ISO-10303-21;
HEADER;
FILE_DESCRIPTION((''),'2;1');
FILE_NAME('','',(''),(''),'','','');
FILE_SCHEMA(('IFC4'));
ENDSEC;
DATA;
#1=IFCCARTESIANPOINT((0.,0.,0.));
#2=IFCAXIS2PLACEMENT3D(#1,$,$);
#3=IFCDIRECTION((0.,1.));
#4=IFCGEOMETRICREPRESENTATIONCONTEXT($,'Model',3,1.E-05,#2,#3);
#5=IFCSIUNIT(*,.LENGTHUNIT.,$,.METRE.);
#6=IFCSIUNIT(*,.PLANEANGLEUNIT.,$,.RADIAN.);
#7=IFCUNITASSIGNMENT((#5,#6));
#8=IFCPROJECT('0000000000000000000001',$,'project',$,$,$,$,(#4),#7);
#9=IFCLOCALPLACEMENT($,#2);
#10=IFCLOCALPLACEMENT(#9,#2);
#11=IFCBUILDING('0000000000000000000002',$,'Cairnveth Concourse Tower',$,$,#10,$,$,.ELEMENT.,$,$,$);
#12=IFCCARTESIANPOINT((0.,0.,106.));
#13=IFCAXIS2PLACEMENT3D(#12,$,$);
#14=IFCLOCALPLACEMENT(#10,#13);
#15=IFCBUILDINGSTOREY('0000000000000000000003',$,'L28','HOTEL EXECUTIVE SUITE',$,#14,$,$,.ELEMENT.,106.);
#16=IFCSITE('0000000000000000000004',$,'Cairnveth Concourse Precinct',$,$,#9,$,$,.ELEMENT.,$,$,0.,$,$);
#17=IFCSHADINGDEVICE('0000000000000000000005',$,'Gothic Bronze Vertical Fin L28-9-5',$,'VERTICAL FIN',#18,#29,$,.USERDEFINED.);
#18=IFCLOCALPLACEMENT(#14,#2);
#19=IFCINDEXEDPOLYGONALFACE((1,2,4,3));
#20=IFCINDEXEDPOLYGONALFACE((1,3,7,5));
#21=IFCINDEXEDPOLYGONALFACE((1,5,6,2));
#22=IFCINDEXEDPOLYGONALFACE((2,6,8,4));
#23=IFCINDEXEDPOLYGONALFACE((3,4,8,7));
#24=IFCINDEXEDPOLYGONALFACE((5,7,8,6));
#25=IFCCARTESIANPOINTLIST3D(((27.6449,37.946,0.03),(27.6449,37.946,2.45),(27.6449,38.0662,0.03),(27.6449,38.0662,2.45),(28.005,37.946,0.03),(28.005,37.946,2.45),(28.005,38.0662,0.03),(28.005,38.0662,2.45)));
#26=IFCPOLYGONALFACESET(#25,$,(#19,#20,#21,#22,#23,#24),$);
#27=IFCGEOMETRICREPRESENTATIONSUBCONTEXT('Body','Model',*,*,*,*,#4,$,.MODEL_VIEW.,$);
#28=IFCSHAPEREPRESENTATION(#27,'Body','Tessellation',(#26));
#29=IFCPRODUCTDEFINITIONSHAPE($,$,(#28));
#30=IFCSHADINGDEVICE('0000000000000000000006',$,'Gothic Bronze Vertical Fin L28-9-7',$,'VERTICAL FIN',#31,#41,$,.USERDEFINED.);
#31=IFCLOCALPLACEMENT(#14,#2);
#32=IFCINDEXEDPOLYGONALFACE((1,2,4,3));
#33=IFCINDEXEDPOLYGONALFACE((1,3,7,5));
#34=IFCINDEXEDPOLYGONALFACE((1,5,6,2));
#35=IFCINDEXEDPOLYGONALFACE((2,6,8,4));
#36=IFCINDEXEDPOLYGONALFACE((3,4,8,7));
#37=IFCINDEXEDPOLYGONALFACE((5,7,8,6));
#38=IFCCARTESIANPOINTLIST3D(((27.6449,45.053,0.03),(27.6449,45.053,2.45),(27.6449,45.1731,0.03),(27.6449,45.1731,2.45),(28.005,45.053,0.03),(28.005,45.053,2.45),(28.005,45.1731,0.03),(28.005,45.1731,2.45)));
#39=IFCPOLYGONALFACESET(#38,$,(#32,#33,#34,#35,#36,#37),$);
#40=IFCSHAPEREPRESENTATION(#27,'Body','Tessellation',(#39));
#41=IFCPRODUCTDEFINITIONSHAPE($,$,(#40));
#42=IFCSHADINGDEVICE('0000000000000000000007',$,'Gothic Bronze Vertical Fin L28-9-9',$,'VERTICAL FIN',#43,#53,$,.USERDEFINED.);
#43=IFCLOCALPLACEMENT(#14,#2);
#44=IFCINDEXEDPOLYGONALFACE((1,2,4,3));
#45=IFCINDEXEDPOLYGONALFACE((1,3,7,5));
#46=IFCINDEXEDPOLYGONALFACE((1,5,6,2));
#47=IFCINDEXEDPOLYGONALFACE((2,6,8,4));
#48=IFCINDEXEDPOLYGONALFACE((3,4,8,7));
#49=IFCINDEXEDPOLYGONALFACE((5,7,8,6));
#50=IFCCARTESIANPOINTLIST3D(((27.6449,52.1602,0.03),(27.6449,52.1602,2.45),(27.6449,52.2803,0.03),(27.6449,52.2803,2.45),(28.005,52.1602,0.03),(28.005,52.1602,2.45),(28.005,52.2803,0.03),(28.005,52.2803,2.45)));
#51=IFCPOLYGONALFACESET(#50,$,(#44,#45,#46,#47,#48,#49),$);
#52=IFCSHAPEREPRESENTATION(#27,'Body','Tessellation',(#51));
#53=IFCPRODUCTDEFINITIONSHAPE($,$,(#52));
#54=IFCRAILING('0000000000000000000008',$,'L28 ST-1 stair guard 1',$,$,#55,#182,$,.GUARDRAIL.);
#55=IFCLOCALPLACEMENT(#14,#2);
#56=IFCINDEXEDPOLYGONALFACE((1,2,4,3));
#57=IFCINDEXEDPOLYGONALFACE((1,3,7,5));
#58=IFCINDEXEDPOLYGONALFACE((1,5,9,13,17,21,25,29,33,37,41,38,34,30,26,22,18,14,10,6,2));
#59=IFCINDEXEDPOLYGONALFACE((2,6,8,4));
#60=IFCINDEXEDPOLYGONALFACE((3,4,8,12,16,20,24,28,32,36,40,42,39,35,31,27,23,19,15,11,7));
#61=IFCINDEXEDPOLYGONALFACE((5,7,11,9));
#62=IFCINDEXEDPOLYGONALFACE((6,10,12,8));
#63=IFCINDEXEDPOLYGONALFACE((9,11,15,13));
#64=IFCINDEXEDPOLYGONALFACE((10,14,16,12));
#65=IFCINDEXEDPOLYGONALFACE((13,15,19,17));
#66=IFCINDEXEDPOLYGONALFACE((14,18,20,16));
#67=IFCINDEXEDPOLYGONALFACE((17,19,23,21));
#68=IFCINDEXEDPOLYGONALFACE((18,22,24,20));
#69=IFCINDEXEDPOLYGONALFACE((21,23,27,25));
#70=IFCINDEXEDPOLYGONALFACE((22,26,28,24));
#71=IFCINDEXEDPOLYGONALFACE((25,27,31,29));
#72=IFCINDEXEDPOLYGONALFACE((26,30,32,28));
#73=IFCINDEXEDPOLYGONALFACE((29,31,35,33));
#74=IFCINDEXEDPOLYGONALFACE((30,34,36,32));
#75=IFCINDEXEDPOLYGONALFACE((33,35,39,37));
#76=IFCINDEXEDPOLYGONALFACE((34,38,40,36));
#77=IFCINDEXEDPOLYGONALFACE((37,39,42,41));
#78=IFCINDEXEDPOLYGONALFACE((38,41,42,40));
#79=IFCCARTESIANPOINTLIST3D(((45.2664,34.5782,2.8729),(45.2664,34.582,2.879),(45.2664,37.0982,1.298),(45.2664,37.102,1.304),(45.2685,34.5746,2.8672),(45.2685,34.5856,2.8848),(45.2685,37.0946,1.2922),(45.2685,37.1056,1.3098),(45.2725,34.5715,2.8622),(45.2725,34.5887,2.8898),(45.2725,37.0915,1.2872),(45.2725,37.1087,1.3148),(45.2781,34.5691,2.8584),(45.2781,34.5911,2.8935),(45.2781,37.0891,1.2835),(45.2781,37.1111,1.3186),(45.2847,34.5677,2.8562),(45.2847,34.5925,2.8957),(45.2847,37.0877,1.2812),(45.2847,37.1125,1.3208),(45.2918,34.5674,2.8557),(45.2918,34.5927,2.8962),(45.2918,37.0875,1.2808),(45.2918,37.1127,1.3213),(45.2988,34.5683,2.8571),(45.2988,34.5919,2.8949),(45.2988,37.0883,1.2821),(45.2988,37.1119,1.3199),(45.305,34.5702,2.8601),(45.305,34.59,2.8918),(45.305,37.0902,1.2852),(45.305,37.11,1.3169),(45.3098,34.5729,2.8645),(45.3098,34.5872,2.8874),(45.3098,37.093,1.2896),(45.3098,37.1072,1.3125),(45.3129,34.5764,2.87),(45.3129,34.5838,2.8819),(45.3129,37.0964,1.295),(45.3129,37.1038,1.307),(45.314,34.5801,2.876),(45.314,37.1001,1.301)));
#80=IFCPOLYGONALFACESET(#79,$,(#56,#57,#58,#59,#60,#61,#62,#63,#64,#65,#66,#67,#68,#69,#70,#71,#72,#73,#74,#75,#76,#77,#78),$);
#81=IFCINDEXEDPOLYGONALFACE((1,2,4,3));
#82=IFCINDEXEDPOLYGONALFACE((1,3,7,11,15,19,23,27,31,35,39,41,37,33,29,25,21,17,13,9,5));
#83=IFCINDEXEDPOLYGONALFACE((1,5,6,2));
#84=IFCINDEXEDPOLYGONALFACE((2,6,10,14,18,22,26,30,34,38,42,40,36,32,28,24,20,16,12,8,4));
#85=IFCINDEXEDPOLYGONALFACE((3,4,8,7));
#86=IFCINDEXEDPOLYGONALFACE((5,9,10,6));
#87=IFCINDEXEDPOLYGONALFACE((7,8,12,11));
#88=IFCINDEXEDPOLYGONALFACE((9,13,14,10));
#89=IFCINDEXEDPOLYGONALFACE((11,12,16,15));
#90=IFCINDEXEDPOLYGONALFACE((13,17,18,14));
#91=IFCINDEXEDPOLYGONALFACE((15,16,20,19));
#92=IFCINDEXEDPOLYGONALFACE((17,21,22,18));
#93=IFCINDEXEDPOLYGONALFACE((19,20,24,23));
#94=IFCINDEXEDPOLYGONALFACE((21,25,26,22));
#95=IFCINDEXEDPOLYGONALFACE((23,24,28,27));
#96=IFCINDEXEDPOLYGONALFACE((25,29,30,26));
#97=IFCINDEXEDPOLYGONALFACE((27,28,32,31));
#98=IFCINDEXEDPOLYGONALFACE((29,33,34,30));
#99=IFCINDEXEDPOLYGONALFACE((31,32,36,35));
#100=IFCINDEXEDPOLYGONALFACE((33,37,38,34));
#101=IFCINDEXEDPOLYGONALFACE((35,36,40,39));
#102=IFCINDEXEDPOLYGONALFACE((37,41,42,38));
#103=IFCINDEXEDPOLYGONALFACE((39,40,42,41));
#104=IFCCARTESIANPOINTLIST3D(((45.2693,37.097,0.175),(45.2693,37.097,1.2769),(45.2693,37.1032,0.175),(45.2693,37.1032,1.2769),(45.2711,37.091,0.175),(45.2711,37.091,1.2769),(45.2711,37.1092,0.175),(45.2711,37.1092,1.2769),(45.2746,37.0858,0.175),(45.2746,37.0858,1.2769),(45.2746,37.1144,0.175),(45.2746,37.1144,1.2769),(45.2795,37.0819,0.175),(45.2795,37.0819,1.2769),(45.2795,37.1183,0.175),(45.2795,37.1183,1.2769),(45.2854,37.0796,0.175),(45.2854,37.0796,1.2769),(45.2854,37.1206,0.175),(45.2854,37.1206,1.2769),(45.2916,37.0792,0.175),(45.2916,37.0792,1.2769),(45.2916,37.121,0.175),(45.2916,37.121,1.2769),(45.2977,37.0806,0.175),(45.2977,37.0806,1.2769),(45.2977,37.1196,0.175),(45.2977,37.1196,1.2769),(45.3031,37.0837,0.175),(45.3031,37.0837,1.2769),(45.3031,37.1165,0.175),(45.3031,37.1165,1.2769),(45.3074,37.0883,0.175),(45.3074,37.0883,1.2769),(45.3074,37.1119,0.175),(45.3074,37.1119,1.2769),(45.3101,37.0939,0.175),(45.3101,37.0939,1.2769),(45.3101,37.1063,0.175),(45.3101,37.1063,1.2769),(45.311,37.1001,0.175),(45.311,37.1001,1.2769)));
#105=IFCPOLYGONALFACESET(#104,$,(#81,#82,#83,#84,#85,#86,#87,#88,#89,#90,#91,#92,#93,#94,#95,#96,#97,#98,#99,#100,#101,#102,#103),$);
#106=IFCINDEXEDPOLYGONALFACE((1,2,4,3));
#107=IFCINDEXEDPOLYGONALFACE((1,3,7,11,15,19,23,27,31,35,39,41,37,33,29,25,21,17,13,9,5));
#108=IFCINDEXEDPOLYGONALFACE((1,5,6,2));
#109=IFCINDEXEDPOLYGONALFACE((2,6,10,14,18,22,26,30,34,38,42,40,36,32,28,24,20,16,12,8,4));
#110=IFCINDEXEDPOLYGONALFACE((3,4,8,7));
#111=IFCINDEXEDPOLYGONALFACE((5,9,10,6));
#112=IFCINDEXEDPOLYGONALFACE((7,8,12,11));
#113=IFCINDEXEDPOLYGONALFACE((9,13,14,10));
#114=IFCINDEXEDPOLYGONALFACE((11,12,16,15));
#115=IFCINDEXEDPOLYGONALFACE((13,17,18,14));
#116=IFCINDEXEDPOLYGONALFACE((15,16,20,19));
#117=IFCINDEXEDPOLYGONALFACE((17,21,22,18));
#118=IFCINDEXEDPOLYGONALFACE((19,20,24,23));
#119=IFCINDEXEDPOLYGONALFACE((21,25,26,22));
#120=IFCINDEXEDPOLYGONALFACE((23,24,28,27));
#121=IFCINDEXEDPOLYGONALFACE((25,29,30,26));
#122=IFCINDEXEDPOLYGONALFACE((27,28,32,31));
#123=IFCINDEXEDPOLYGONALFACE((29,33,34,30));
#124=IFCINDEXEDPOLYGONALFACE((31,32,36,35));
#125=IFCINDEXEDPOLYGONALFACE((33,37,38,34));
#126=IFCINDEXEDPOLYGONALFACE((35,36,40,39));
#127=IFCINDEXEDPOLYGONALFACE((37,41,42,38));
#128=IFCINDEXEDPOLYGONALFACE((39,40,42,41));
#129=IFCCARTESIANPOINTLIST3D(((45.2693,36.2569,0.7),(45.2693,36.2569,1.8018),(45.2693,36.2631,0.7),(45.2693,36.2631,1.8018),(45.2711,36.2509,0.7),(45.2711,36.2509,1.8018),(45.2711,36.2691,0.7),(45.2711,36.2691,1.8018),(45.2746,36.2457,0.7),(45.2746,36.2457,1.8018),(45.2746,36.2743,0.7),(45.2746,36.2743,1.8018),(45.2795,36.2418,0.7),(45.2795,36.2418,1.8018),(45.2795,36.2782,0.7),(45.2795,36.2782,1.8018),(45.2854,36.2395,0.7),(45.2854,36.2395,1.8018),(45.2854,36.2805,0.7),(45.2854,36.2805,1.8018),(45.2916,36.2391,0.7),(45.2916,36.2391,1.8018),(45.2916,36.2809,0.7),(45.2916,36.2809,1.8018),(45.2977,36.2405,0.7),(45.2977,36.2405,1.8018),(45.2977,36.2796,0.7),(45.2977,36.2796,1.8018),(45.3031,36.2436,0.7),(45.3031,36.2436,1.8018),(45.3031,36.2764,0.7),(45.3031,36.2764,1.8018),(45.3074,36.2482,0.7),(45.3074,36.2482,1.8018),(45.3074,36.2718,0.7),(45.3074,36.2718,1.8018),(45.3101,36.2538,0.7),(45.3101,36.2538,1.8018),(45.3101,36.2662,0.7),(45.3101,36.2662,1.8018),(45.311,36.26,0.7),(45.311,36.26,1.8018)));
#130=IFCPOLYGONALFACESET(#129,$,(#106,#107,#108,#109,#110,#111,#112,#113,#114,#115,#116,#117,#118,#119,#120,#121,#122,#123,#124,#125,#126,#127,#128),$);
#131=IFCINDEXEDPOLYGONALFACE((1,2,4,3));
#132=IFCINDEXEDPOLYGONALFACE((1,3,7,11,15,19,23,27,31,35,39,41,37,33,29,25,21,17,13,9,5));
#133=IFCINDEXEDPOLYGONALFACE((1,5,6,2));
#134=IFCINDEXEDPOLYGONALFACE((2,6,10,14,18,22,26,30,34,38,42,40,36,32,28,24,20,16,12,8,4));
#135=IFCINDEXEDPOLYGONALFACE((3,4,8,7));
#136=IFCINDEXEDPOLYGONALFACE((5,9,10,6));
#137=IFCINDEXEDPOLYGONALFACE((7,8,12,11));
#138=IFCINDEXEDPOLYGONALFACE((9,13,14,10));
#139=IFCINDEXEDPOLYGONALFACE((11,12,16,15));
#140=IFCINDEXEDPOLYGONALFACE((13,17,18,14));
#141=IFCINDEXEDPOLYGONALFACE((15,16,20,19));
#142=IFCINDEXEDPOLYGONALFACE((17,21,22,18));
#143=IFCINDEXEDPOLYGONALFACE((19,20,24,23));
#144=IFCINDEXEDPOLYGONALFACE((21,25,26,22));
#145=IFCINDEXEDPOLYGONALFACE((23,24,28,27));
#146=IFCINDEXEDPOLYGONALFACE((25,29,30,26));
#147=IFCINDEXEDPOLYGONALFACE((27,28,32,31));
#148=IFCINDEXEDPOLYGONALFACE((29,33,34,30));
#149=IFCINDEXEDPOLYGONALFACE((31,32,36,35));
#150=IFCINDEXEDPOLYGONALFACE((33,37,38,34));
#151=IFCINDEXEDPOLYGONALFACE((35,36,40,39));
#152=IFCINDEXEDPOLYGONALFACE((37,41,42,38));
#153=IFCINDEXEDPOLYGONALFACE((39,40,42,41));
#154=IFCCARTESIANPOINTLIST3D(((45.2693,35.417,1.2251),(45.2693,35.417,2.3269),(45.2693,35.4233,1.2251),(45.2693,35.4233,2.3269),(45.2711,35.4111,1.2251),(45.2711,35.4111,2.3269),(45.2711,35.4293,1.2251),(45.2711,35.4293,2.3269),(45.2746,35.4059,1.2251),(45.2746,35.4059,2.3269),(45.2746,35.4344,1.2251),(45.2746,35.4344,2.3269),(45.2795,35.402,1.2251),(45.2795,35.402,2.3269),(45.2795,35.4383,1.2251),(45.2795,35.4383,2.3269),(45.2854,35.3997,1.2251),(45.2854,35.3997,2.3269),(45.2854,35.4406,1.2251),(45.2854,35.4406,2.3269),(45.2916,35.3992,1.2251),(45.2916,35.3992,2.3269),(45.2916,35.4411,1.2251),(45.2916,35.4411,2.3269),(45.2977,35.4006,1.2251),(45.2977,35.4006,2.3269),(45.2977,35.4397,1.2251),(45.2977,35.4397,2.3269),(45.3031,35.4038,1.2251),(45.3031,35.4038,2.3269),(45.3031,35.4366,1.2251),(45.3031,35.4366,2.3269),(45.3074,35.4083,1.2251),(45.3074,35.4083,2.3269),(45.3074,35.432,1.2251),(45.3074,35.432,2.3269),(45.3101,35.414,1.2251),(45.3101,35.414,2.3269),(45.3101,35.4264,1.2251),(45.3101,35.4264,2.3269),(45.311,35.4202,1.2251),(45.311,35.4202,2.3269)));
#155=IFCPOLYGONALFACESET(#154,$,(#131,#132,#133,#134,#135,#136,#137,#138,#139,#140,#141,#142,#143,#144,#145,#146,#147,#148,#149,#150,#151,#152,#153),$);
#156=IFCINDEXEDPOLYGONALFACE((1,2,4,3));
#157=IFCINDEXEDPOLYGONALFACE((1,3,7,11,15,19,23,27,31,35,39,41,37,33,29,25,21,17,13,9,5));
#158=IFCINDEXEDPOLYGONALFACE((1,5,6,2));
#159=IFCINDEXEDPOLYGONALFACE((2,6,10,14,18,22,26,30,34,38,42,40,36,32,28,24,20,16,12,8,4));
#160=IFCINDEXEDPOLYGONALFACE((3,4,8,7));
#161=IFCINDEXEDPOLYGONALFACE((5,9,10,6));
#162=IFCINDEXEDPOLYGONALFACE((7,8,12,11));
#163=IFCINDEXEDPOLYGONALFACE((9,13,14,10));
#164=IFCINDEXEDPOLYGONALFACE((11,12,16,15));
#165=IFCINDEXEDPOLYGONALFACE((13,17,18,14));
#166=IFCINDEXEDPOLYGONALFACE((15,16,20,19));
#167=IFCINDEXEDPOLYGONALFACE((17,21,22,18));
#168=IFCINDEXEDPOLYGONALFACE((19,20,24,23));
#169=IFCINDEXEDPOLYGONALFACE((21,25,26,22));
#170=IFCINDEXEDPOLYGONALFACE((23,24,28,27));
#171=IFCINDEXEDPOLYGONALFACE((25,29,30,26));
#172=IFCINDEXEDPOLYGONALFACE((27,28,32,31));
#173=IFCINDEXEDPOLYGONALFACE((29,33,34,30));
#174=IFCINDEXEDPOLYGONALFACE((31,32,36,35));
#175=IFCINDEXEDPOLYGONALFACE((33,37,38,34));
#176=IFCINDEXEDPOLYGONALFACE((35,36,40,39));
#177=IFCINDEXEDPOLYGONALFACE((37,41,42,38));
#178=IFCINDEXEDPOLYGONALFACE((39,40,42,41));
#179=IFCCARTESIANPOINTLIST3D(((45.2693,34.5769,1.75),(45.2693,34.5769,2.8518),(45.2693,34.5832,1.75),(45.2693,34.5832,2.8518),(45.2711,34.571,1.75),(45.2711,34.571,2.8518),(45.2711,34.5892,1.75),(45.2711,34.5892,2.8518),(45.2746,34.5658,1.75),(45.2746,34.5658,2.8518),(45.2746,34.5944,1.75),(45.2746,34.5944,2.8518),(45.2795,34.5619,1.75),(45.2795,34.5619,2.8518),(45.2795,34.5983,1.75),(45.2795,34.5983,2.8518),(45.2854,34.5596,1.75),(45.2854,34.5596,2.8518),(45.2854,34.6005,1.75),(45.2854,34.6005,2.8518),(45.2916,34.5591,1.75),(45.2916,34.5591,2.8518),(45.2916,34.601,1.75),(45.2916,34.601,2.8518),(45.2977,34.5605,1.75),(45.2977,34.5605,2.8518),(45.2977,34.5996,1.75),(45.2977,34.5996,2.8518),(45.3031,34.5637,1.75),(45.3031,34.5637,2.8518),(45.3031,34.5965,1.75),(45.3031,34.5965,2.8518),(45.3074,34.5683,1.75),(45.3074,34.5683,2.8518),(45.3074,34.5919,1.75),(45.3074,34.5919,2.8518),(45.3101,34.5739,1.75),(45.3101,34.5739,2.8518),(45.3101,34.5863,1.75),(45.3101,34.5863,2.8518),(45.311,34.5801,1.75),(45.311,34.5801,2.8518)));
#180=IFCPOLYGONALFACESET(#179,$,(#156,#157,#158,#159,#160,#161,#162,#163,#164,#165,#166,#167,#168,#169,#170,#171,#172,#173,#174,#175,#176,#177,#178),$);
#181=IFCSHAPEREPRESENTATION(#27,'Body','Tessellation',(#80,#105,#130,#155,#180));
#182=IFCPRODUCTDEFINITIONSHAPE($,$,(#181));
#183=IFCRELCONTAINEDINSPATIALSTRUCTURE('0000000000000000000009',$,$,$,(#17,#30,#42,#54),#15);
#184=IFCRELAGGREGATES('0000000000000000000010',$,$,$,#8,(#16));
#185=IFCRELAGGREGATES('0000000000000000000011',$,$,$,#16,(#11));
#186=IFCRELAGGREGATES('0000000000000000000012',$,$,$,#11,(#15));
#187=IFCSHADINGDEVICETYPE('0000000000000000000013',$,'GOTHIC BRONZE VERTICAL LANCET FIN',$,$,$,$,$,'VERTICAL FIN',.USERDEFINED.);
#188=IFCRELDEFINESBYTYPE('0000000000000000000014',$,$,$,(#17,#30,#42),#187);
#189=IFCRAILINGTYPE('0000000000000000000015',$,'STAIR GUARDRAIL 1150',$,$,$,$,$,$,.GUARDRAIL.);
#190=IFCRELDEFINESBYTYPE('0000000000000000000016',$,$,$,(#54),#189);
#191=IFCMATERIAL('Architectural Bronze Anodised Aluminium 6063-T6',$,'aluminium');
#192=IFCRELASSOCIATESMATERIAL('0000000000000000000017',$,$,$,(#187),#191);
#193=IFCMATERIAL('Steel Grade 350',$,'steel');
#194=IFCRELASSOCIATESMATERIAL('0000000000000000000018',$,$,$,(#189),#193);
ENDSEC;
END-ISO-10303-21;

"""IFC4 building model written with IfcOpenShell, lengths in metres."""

from ifc_helpers import new_model, si_unit, direction, frame, origin, origin_2d, place, context, subcontext, project, spatial, rectangle, circle, extrude, material, type_object, element, save


model = new_model("IFC4")

# Units and contexts
model_context = context("Model", 3, precision=1e-05, world=origin(), true_north=direction((0.0, 1.0)))
body_context = subcontext(model_context, "Body", "Model", "MODEL_VIEW")
ifc_project = project(units=[si_unit("LENGTHUNIT", "METRE"), si_unit("PLANEANGLEUNIT", "RADIAN")], contexts=[model_context])

# Site, building, storey
site_placement = place(None, origin())
site = spatial("IfcSite", under=ifc_project, at=site_placement, Name="Cairnveth Concourse Precinct", CompositionType="ELEMENT", RefElevation=0.0)
building_placement = place(site_placement, origin())
building = spatial("IfcBuilding", under=site, at=building_placement, Name="Cairnveth Concourse Tower", CompositionType="ELEMENT")
storey_placement = place(building_placement, frame((0.0, 0.0, 106.0)))
storey = spatial("IfcBuildingStorey", under=building, at=storey_placement, Name="L28", Description="HOTEL EXECUTIVE SUITE", CompositionType="ELEMENT", Elevation=106.0)

# Shared definitions
ifc_material_1 = material(Name="Steel Grade 350", Category="steel")

# Shared definitions
ifc_material_2 = material(Name="Architectural Bronze Anodised Aluminium 6063-T6", Category="aluminium")

# Shading devices
shading_device_type = type_object("IfcShadingDeviceType", Name="GOTHIC BRONZE VERTICAL LANCET FIN", ElementType="VERTICAL FIN", PredefinedType="USERDEFINED", material=ifc_material_2)
for number, where, z_axis, x_axis, name in (
    (1, (27.825, 38.0061, 0.03), (0.0, 0.0, 1.0), (0.0, 1.0, 0.0), "Gothic Bronze Vertical Fin L28-9-5"),
    (2, (27.825, 45.113, 0.03), (0.0, 0.0, 1.0), (0.0, 1.0, 0.0), "Gothic Bronze Vertical Fin L28-9-7"),
    (3, (27.825, 52.2202, 0.03), (0.0, 0.0, 1.0), (0.0, 1.0, 0.0), "Gothic Bronze Vertical Fin L28-9-9"),
):
    element("IfcShadingDevice", number, at=place(storey_placement, frame(where, z_axis=z_axis, x_axis=x_axis)), inside=storey, type_object=shading_device_type, Name=name, ObjectType="VERTICAL FIN", PredefinedType="USERDEFINED", context=body_context, shape_type="SweptSolid", body=[
        extrude(rectangle(XDim=0.1201, YDim=0.3601, at=origin_2d()), origin(), (0.0, 0.0, 1.0), 2.4199),
    ])

# Railing
railing_type = type_object("IfcRailingType", Name="STAIR GUARDRAIL 1150", PredefinedType="GUARDRAIL", material=ifc_material_1)
railing_1_placement = place(storey_placement, frame((45.29, 37.1001, 0.175)))
element("IfcRailing", 4, at=railing_1_placement, inside=storey, type_object=railing_type, Name="L28 ST-1 stair guard 1", PredefinedType="GUARDRAIL", context=body_context, shape_type="SweptSolid", body=[
    extrude(circle(Radius=0.0239, at=origin_2d()), frame((0.0, 0.0, 1.126), z_axis=(0.0, -0.848008, 0.529984), x_axis=(1.0, 0.0, 0.0)), (0.0, 0.0, 1.0), 2.9717),
    extrude(circle(Radius=0.021, at=origin_2d()), origin(), (0.0, 0.0, 1.0), 1.1018),
    extrude(circle(Radius=0.021, at=origin_2d()), frame((0.0, -0.8401, 0.5249)), (0.0, 0.0, 1.0), 1.1018),
    extrude(circle(Radius=0.021, at=origin_2d()), frame((0.0, -1.6799, 1.05)), (0.0, 0.0, 1.0), 1.1018),
    extrude(circle(Radius=0.021, at=origin_2d()), frame((0.0, -2.52, 1.575)), (0.0, 0.0, 1.0), 1.1018),
])

save(model, "model.ifc")
